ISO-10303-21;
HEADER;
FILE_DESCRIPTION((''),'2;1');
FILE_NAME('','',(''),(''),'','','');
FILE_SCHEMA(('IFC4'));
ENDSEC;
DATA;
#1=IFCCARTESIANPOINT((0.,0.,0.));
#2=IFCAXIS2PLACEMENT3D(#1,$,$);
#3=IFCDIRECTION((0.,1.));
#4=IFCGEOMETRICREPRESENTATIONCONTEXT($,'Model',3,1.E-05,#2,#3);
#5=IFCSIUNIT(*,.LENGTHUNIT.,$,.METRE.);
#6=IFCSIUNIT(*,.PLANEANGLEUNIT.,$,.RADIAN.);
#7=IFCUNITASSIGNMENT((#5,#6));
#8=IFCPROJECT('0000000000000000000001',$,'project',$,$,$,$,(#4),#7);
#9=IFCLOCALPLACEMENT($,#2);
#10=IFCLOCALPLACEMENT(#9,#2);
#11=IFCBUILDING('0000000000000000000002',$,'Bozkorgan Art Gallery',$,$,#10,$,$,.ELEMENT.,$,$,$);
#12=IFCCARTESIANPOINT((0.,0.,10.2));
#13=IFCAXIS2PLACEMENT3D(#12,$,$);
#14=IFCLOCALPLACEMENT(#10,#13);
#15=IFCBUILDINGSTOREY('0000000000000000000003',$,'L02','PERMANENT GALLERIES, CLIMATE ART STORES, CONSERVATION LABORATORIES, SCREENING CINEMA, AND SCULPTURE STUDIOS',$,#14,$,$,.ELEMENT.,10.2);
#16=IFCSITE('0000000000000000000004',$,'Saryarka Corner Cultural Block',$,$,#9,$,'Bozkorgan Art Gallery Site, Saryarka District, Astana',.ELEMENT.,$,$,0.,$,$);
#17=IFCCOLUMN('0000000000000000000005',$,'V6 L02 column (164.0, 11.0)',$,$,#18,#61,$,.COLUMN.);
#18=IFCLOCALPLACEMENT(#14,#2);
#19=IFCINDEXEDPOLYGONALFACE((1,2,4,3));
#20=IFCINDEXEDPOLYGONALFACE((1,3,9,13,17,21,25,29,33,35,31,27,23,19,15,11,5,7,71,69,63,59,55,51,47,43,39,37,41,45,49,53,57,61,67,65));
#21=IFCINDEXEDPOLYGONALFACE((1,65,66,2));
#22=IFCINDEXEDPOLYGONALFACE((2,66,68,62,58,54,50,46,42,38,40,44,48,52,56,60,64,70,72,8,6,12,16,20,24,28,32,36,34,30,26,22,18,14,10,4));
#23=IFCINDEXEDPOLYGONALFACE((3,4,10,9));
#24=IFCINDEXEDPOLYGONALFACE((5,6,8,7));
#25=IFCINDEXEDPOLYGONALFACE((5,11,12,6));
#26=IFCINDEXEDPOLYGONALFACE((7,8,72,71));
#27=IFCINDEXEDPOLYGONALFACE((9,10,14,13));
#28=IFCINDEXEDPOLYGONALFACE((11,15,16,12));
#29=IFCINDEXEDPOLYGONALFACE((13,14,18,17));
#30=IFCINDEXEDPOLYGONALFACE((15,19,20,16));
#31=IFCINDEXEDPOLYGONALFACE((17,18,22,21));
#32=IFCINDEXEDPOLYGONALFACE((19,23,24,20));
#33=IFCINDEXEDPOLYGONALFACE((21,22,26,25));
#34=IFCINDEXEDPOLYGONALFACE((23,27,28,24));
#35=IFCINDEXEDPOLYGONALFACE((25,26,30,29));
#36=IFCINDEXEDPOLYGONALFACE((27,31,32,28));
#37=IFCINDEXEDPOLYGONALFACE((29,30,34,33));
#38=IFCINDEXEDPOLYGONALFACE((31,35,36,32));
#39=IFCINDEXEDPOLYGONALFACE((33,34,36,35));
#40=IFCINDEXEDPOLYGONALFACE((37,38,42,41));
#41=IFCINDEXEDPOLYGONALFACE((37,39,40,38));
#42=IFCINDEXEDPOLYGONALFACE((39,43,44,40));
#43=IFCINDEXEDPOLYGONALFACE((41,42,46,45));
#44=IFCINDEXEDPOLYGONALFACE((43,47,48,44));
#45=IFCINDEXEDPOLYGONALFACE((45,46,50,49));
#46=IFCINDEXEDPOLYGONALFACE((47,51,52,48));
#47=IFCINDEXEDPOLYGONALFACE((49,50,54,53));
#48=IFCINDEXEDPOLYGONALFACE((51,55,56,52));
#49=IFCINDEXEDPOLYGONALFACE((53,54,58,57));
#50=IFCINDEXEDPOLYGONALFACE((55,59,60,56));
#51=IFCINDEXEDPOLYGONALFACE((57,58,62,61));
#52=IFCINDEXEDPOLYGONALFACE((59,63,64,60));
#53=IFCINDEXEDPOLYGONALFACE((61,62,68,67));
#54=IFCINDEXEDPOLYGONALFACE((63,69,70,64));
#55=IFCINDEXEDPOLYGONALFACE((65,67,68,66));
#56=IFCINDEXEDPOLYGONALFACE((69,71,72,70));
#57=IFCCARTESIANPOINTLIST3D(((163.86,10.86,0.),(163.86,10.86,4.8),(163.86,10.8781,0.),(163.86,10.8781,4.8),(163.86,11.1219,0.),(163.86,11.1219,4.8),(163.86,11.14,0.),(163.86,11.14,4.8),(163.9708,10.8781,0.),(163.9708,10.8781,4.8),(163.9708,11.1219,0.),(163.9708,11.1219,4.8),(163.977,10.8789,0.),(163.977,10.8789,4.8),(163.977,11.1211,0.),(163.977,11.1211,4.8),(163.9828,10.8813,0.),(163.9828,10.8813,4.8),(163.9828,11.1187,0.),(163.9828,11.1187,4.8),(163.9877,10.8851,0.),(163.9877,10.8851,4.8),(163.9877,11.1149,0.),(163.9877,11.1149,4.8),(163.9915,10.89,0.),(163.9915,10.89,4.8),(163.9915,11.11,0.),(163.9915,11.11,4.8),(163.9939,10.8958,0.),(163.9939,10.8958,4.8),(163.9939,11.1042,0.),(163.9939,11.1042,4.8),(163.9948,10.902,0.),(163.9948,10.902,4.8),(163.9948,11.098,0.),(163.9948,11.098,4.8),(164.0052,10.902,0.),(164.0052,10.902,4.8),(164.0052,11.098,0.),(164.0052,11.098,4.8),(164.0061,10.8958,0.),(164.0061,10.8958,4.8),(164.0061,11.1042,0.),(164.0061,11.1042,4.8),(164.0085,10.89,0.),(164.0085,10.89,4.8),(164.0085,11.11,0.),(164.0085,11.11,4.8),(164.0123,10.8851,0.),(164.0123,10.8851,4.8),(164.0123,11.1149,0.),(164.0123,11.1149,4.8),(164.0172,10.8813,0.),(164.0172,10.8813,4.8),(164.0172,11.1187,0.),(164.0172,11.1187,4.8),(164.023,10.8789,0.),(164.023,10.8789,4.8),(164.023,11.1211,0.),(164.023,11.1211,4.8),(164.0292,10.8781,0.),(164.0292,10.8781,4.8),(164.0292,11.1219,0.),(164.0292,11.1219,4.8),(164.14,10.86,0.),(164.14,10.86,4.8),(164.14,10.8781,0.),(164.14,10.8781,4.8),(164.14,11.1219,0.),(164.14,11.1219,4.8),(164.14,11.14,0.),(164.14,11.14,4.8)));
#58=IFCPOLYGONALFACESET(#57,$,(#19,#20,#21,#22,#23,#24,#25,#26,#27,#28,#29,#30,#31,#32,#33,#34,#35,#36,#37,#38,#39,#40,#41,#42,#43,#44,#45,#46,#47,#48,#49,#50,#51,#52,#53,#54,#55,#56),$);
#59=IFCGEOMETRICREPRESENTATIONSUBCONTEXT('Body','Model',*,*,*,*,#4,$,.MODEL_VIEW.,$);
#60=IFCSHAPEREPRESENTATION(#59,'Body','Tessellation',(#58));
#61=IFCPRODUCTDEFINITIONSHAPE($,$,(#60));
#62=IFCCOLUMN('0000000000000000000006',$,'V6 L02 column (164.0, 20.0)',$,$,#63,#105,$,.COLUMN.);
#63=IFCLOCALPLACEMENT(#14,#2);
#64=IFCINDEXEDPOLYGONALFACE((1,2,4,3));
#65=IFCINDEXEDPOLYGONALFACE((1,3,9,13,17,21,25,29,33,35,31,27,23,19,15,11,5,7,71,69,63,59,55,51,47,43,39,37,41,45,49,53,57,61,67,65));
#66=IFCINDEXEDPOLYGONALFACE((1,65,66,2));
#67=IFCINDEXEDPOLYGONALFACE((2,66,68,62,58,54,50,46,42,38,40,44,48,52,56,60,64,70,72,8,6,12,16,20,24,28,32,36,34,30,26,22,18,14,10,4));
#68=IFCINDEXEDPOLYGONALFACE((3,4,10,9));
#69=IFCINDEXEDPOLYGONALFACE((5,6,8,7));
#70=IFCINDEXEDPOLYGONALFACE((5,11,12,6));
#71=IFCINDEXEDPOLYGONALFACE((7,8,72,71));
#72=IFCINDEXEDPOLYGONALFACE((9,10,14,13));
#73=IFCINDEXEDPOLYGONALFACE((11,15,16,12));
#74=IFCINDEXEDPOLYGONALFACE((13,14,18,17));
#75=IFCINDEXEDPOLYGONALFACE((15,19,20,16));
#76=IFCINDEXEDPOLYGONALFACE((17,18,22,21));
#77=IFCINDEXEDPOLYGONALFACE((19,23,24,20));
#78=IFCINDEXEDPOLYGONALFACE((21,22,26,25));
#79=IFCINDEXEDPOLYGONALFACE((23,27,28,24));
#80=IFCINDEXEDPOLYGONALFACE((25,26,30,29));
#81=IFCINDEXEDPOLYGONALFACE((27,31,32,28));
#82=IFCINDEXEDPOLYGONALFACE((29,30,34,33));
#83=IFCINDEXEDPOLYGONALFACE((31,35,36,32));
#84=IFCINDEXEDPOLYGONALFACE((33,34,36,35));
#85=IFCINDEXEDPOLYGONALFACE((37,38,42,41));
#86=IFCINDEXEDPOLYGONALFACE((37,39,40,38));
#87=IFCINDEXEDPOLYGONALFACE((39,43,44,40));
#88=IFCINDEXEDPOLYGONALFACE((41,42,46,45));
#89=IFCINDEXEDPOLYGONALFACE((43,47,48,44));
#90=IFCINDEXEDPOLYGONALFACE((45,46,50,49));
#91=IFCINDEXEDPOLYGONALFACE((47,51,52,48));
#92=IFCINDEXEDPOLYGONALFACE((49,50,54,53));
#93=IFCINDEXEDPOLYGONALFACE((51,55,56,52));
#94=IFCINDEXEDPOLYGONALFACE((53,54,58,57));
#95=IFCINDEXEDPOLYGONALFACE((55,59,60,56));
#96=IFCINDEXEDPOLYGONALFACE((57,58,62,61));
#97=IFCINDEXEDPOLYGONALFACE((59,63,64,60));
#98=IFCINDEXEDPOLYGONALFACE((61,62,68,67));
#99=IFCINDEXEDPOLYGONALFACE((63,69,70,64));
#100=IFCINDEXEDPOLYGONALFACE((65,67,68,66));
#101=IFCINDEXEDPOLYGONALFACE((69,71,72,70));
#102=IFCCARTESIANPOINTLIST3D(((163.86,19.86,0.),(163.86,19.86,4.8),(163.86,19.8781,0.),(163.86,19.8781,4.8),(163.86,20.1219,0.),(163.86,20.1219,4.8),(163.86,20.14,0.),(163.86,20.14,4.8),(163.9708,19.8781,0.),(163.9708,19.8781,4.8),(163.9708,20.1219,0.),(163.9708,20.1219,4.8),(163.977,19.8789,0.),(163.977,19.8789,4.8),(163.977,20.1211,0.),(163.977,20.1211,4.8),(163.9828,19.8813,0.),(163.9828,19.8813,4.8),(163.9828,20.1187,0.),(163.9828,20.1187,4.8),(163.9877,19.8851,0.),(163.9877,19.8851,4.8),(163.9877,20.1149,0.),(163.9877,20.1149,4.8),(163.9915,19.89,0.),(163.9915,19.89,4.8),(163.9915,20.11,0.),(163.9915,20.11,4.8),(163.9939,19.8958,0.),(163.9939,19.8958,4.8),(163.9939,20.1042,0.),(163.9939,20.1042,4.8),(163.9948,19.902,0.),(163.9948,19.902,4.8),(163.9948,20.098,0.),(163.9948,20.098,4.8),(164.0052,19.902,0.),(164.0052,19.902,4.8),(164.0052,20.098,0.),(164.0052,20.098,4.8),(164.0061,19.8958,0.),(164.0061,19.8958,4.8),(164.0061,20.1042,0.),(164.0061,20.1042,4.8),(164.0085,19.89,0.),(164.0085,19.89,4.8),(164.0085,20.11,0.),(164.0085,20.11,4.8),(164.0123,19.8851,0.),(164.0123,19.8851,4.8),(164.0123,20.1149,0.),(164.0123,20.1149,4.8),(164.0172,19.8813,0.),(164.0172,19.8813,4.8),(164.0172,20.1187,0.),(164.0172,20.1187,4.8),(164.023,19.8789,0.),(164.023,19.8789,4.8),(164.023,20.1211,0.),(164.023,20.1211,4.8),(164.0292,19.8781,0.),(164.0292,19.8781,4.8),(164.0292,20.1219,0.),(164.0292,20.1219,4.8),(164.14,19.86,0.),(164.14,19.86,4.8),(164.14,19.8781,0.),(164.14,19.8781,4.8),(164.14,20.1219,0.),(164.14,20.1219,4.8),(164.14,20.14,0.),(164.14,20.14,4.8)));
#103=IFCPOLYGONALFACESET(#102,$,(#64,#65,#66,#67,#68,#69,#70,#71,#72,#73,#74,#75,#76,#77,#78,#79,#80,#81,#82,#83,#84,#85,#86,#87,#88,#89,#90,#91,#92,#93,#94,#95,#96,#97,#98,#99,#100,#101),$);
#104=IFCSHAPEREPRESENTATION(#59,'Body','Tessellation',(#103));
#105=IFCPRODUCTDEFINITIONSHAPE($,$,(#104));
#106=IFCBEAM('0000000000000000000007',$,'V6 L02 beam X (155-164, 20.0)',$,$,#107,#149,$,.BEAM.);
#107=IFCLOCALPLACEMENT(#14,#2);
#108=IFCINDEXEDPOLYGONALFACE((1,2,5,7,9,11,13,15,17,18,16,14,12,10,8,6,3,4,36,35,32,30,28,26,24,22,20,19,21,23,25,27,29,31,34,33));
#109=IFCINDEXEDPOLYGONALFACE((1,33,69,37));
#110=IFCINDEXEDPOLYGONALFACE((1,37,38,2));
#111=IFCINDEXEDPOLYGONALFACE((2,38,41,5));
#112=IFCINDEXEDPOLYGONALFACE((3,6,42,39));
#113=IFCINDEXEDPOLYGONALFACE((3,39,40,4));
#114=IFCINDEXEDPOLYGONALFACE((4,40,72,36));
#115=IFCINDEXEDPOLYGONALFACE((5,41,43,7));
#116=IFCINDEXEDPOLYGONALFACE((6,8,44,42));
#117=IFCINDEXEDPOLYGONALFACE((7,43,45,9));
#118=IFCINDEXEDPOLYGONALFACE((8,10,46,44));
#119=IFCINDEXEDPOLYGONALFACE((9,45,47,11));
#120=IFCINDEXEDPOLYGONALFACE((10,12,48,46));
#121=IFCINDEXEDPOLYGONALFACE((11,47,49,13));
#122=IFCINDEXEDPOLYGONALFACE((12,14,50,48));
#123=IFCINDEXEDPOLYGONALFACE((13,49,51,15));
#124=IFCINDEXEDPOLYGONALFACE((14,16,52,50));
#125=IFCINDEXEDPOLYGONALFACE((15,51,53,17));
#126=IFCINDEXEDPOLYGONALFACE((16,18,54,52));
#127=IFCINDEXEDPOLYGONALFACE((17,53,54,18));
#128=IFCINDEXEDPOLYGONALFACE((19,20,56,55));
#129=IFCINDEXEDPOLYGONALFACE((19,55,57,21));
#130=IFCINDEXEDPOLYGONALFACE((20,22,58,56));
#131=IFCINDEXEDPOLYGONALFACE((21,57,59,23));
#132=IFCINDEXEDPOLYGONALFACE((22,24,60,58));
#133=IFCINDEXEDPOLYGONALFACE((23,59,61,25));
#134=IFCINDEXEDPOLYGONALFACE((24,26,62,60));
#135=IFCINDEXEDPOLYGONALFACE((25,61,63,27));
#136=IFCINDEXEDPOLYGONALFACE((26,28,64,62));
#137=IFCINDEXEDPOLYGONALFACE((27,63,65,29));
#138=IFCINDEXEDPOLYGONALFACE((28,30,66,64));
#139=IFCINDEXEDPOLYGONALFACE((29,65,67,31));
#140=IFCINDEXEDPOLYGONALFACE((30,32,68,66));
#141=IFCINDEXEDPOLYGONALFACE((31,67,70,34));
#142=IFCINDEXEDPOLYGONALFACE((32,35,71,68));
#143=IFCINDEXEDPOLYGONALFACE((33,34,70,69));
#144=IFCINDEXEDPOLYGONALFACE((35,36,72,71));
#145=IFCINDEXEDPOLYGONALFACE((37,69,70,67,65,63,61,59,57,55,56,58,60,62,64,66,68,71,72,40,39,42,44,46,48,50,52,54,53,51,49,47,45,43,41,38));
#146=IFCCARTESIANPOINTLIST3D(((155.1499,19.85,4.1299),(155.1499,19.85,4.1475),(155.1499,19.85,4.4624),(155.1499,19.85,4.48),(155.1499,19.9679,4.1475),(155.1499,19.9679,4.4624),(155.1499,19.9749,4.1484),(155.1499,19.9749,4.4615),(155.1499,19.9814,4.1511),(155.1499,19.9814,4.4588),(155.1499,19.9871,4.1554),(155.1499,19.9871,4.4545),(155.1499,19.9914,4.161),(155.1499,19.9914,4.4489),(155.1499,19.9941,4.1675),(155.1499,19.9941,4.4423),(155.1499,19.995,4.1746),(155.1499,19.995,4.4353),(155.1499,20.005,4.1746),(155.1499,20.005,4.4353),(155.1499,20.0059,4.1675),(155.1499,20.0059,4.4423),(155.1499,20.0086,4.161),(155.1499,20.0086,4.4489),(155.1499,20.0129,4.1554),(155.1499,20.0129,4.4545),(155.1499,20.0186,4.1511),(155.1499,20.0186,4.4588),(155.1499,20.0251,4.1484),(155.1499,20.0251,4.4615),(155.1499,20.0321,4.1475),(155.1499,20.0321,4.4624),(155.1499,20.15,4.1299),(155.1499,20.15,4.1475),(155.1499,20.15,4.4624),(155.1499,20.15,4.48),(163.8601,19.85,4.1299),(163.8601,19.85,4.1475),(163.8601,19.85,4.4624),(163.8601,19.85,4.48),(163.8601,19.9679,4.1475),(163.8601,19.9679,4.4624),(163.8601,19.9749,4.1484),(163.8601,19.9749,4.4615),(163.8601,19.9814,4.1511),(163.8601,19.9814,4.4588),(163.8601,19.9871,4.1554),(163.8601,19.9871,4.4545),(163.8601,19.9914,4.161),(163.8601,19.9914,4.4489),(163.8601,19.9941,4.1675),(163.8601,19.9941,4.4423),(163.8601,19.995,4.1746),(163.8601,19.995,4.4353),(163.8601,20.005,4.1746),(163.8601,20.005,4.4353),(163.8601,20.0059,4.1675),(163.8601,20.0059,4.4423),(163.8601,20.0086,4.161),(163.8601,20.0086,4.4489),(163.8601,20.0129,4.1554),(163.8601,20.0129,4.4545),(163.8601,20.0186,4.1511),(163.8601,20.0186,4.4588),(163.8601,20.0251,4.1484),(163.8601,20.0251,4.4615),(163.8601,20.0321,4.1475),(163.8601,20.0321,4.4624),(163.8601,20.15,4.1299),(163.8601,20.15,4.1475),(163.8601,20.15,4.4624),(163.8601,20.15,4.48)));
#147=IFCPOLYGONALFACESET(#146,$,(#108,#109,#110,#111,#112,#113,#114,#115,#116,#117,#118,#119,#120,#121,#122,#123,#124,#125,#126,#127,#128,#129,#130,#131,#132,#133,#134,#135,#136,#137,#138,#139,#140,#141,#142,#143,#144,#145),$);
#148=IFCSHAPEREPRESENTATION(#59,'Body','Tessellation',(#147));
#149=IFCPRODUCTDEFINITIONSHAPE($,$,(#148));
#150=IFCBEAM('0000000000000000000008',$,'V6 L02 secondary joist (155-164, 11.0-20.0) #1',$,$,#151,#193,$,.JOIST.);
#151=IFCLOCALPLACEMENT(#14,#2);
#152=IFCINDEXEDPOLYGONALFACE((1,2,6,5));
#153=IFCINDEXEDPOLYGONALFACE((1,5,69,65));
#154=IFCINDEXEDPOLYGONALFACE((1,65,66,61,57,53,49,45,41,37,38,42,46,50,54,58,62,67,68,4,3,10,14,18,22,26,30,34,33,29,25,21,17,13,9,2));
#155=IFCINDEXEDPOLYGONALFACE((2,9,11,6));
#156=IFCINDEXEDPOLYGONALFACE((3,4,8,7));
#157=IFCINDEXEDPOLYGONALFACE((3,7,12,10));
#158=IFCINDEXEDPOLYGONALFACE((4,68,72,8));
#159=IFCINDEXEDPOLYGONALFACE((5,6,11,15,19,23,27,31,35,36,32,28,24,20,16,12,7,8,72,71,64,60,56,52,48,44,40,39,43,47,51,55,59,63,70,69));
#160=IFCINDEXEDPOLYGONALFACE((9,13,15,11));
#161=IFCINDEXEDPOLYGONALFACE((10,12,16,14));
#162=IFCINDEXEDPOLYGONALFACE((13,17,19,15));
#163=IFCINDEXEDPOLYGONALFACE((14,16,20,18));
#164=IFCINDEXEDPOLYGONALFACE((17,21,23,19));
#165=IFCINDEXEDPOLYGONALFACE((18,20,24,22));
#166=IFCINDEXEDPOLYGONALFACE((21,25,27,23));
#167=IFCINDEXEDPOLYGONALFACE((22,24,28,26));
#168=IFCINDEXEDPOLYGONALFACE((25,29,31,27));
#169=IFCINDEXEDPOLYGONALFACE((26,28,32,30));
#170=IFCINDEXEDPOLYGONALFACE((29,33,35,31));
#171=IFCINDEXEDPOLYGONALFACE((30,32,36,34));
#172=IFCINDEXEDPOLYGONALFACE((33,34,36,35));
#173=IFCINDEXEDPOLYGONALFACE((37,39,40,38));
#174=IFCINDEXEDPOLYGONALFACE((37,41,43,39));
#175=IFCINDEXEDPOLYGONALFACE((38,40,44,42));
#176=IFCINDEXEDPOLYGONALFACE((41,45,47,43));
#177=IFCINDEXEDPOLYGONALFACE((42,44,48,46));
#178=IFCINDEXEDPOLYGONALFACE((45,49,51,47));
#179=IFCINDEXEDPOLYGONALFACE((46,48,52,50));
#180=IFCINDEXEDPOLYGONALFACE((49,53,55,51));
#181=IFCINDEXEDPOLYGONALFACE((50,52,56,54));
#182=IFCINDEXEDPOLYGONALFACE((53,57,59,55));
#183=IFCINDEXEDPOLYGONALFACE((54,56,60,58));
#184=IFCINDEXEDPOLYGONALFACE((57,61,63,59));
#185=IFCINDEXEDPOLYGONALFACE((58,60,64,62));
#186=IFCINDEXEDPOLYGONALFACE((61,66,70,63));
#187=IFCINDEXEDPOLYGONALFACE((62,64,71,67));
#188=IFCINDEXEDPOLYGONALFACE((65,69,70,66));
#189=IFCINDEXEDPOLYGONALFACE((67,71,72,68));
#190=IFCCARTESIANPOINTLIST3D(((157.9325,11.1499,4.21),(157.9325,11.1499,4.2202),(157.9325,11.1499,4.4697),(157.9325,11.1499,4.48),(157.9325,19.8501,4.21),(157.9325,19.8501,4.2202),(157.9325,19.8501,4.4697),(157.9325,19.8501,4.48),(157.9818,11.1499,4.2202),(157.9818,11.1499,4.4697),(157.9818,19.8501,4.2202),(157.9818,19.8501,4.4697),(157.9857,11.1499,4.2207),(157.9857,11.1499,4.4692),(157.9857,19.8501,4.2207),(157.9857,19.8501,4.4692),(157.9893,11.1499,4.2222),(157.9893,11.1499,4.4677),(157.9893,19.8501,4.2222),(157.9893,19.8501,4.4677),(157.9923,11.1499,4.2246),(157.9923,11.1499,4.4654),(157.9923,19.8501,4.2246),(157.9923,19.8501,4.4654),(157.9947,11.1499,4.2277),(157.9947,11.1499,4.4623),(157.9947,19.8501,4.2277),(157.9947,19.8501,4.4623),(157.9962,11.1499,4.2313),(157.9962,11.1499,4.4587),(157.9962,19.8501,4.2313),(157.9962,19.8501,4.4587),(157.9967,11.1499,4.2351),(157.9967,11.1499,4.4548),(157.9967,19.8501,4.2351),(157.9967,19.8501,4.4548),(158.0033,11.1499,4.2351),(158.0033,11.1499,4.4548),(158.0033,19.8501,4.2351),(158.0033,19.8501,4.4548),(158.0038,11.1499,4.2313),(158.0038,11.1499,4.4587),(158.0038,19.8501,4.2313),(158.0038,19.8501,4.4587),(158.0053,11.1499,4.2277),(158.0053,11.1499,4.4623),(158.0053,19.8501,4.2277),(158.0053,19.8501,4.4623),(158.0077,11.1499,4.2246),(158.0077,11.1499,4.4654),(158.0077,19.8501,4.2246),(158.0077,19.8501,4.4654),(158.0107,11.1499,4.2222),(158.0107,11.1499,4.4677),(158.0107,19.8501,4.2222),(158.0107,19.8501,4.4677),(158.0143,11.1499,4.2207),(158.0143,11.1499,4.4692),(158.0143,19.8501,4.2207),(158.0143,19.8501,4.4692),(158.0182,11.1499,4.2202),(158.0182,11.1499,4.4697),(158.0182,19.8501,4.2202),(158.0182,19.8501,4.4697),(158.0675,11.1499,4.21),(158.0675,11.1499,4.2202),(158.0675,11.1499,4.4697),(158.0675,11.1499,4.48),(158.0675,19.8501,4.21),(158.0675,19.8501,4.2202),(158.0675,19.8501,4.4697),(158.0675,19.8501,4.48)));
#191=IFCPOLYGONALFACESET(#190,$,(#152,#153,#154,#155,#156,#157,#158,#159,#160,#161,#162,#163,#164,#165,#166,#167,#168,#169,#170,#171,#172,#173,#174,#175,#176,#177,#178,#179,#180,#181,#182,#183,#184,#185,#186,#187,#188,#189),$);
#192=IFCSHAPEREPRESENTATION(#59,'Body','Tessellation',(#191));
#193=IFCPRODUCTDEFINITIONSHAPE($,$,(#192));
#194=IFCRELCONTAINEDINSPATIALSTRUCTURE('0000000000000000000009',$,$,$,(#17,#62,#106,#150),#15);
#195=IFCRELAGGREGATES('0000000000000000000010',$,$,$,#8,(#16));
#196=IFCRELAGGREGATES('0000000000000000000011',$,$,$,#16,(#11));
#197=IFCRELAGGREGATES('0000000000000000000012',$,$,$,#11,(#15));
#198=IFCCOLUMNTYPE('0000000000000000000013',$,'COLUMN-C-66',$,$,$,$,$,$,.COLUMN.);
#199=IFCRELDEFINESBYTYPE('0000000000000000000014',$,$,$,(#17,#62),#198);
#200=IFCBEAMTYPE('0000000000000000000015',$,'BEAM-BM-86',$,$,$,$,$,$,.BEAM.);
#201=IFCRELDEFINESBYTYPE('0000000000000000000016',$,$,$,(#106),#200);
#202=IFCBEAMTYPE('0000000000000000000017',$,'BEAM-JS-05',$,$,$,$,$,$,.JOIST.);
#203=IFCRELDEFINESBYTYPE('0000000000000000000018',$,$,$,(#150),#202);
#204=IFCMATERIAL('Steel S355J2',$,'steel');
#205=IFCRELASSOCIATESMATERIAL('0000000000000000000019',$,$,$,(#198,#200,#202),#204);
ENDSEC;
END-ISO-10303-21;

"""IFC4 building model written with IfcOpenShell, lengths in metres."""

from ifc_helpers import new_model, si_unit, direction, frame, origin, origin_2d, place, context, subcontext, project, spatial, i_section, extrude, material, material_profile, profile_set, type_object, element, save


model = new_model("IFC4")

# Units and contexts
model_context = context("Model", 3, precision=1e-05, world=origin(), true_north=direction((0.0, 1.0)))
body_context = subcontext(model_context, "Body", "Model", "MODEL_VIEW")
ifc_project = project(units=[si_unit("LENGTHUNIT", "METRE"), si_unit("PLANEANGLEUNIT", "RADIAN")], contexts=[model_context])

# Site, building, storey
site_placement = place(None, origin())
site = spatial("IfcSite", under=ifc_project, at=site_placement, Name="Saryarka Corner Cultural Block", LongName="Bozkorgan Art Gallery Site, Saryarka District, Astana", CompositionType="ELEMENT", RefElevation=0.0)
building_placement = place(site_placement, origin())
building = spatial("IfcBuilding", under=site, at=building_placement, Name="Bozkorgan Art Gallery", CompositionType="ELEMENT")
storey_placement = place(building_placement, frame((0.0, 0.0, 10.2)))
storey = spatial("IfcBuildingStorey", under=building, at=storey_placement, Name="L02", Description="PERMANENT GALLERIES, CLIMATE ART STORES, CONSERVATION LABORATORIES, SCREENING CINEMA, AND SCULPTURE STUDIOS", CompositionType="ELEMENT", Elevation=10.2)

# Columns
ifc_material_1 = material(Name="Steel S355J2", Category="steel")
ifc_material_profile_1 = material_profile(ifc_material_1, i_section(OverallWidth=0.28, OverallDepth=0.28, WebThickness=0.0105, FlangeThickness=0.0181, FilletRadius=0.0239, at=origin_2d()), Name="HEB 280")
ifc_profile_set_1 = profile_set([ifc_material_profile_1], Name="Steel S355J2")
column_type = type_object("IfcColumnType", Name="COLUMN-C-66", PredefinedType="COLUMN", material=ifc_profile_set_1)
for number, where, z_axis, x_axis, name in (
    (1, (164.0, 11.0, 0.0), (0.0, 0.0, 1.0), (1.0, 0.0, 0.0), "V6 L02 column (164.0, 11.0)"),
    (2, (164.0, 20.0, 0.0), (0.0, 0.0, 1.0), (1.0, 0.0, 0.0), "V6 L02 column (164.0, 20.0)"),
):
    element("IfcColumn", number, at=place(storey_placement, frame(where, z_axis=z_axis, x_axis=x_axis)), inside=storey, type_object=column_type, Name=name, PredefinedType="COLUMN", context=body_context, shape_type="SweptSolid", body=[
        extrude(i_section(OverallWidth=0.28, OverallDepth=0.28, WebThickness=0.0105, FlangeThickness=0.0181, FilletRadius=0.0239, at=origin_2d()), origin(), (0.0, 0.0, 1.0), 4.8),
    ])

# Beams
ifc_material_profile_2 = material_profile(ifc_material_1, i_section(OverallWidth=0.3, OverallDepth=0.3501, WebThickness=0.01, FlangeThickness=0.0176, FilletRadius=0.0271, at=origin_2d()), Name="HEA 360")
ifc_profile_set_2 = profile_set([ifc_material_profile_2], Name="Steel S355J2")
beam_type_1 = type_object("IfcBeamType", Name="BEAM-BM-86", PredefinedType="BEAM", material=ifc_profile_set_2)
beam_1_placement = place(storey_placement, frame((155.1499, 20.0, 4.3049), z_axis=(1.0, 0.0, 0.0), x_axis=(0.0, 1.0, 0.0)))
element("IfcBeam", 3, at=beam_1_placement, inside=storey, type_object=beam_type_1, Name="V6 L02 beam X (155-164, 20.0)", PredefinedType="BEAM", context=body_context, shape_type="SweptSolid", body=[
    extrude(i_section(OverallWidth=0.3, OverallDepth=0.3501, WebThickness=0.01, FlangeThickness=0.0176, FilletRadius=0.0271, at=origin_2d()), origin(), (0.0, 0.0, 1.0), 8.7102),
])
ifc_material_profile_3 = material_profile(ifc_material_1, i_section(OverallWidth=0.135, OverallDepth=0.27, WebThickness=0.0066, FlangeThickness=0.0103, FilletRadius=0.0149, at=origin_2d()), Name="IPE 270")
ifc_profile_set_3 = profile_set([ifc_material_profile_3], Name="Steel S355J2")
beam_type_2 = type_object("IfcBeamType", Name="BEAM-JS-05", PredefinedType="JOIST", material=ifc_profile_set_3)
for number, where, z_axis, x_axis, name in (
    (4, (158.0, 11.1499, 4.345), (0.0, 1.0, 0.0), (-1.0, 0.0, 0.0), "V6 L02 secondary joist (155-164, 11.0-20.0) #1"),
):
    element("IfcBeam", number, at=place(storey_placement, frame(where, z_axis=z_axis, x_axis=x_axis)), inside=storey, type_object=beam_type_2, Name=name, PredefinedType="JOIST", context=body_context, shape_type="SweptSolid", body=[
        extrude(i_section(OverallWidth=0.135, OverallDepth=0.27, WebThickness=0.0066, FlangeThickness=0.0103, FilletRadius=0.0149, at=origin_2d()), origin(), (0.0, 0.0, 1.0), 8.7002),
    ])

save(model, "model.ifc")
